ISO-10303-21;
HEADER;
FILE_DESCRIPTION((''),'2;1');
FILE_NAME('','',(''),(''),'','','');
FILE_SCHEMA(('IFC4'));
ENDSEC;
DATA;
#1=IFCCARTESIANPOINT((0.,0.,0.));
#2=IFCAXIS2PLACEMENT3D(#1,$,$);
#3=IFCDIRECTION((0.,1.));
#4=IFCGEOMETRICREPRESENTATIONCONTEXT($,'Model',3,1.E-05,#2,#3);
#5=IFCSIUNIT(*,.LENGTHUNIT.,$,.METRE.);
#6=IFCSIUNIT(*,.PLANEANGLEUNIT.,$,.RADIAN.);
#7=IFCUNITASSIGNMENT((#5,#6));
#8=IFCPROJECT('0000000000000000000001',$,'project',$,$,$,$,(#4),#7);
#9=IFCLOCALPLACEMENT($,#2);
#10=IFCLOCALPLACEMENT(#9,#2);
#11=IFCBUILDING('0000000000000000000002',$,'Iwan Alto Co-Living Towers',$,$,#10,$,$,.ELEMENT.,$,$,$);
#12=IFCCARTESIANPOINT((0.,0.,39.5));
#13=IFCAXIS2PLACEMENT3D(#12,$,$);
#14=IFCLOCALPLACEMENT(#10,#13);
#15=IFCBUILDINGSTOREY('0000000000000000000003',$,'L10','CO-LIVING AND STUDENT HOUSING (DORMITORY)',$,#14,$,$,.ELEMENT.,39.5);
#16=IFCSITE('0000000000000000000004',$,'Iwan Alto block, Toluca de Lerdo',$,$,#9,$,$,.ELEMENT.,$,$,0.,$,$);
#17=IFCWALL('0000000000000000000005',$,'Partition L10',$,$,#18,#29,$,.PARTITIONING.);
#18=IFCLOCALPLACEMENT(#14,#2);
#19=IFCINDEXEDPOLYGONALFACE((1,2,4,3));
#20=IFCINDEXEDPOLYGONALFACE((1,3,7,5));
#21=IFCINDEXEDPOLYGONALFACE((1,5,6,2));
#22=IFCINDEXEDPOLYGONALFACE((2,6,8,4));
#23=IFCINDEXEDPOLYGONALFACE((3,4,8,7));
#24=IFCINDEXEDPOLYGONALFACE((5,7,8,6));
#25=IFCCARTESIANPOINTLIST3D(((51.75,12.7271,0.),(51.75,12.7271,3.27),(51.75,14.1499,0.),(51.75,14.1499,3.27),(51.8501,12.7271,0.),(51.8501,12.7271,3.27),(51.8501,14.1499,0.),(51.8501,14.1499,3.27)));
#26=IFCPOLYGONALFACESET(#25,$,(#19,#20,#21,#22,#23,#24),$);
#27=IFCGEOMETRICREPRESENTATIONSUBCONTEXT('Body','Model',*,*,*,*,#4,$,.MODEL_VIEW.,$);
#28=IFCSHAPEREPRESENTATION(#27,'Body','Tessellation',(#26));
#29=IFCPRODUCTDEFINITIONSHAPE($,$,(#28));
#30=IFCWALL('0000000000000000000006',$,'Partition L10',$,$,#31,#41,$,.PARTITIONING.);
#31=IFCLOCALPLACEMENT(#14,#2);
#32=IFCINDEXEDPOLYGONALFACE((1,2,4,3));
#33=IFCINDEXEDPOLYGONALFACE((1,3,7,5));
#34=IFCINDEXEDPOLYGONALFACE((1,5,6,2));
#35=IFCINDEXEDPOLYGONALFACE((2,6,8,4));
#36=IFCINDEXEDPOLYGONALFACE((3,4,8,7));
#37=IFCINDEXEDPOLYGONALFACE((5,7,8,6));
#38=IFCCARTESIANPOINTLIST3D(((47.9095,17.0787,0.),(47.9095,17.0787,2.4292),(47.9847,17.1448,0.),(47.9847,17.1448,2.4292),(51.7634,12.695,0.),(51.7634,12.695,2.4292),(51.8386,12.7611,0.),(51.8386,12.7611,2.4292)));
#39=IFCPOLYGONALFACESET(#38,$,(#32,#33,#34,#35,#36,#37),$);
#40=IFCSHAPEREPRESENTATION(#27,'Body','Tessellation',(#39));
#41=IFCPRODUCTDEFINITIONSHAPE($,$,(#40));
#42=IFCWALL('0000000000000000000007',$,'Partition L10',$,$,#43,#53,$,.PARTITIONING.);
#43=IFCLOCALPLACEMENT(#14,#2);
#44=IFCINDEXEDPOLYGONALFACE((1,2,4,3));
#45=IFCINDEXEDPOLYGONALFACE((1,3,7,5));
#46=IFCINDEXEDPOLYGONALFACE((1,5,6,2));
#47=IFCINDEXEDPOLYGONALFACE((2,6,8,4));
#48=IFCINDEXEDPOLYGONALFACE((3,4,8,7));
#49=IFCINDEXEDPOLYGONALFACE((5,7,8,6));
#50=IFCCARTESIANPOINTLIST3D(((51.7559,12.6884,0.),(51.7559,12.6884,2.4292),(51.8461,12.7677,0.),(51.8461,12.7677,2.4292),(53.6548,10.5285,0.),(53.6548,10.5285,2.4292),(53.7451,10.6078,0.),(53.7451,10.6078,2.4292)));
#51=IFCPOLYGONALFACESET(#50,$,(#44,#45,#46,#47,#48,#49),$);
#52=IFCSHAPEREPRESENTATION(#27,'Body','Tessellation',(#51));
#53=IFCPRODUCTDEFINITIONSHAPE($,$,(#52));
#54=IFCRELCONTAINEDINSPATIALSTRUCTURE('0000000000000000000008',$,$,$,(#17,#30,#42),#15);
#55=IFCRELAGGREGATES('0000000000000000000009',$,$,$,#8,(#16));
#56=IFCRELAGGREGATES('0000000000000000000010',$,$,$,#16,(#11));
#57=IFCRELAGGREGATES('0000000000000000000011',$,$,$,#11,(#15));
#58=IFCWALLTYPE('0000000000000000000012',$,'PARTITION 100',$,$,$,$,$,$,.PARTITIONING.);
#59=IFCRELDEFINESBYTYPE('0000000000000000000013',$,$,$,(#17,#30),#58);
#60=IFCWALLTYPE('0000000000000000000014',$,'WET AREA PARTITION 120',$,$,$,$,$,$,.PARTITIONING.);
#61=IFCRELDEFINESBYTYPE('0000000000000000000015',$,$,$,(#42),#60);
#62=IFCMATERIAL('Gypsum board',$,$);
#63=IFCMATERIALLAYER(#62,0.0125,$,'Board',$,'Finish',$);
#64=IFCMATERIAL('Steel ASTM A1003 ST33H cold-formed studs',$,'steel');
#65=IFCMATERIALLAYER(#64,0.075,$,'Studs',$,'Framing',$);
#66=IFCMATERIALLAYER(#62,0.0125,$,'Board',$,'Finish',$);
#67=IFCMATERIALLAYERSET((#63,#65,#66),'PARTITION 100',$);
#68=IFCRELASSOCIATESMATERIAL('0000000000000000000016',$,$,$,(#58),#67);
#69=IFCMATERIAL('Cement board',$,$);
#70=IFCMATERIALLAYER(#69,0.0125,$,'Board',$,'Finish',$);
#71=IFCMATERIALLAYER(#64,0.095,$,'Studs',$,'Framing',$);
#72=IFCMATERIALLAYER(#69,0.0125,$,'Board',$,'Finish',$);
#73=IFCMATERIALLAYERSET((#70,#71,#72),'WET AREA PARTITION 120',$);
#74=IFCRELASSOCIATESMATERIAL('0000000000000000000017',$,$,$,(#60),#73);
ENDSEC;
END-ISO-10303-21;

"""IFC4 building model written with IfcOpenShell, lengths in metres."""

from ifc_helpers import new_model, si_unit, direction, frame, frame_2d, origin, place, context, subcontext, project, spatial, rectangle, extrude, material, layer, layer_set, type_object, element, save


model = new_model("IFC4")

# Units and contexts
model_context = context("Model", 3, precision=1e-05, world=origin(), true_north=direction((0.0, 1.0)))
body_context = subcontext(model_context, "Body", "Model", "MODEL_VIEW")
ifc_project = project(units=[si_unit("LENGTHUNIT", "METRE"), si_unit("PLANEANGLEUNIT", "RADIAN")], contexts=[model_context])

# Site, building, storey
site_placement = place(None, origin())
site = spatial("IfcSite", under=ifc_project, at=site_placement, Name="Iwan Alto block, Toluca de Lerdo", CompositionType="ELEMENT", RefElevation=0.0)
building_placement = place(site_placement, origin())
building = spatial("IfcBuilding", under=site, at=building_placement, Name="Iwan Alto Co-Living Towers", CompositionType="ELEMENT")
storey_placement = place(building_placement, frame((0.0, 0.0, 39.5)))
storey = spatial("IfcBuildingStorey", under=building, at=storey_placement, Name="L10", Description="CO-LIVING AND STUDENT HOUSING (DORMITORY)", CompositionType="ELEMENT", Elevation=39.5)

# Shared definitions
ifc_material_1 = material(Name="Gypsum board")
ifc_material_2 = material(Name="Steel ASTM A1003 ST33H cold-formed studs", Category="steel")

# Shared definitions
ifc_layer_1 = layer(ifc_material_1, 0.0125, Name="Board", Category="Finish")
ifc_layer_2 = layer(ifc_material_2, 0.075, Name="Studs", Category="Framing")
ifc_layer_3 = layer(ifc_material_1, 0.0125, Name="Board", Category="Finish")
ifc_layer_set_1 = layer_set([ifc_layer_1, ifc_layer_2, ifc_layer_3], Name="PARTITION 100")
wall_type_1 = type_object("IfcWallType", Name="PARTITION 100", PredefinedType="PARTITIONING", material=ifc_layer_set_1)

# Walls
wall_1_placement = place(storey_placement, frame((51.8, 12.7271, 0.0), z_axis=(0.0, 0.0, 1.0), x_axis=(0.0, 1.0, 0.0)))
element("IfcWall", 1, at=wall_1_placement, inside=storey, type_object=wall_type_1, Name="Partition L10", PredefinedType="PARTITIONING", context=body_context, shape_type="SweptSolid", body=[
    extrude(rectangle(XDim=1.4229, YDim=0.1001, at=frame_2d((0.7114, 0.0))), origin(), (0.0, 0.0, 1.0), 3.27),
])
wall_2_placement = place(storey_placement, frame((51.801, 12.728, 0.0), z_axis=(0.0, 0.0, 1.0), x_axis=(-0.660268, 0.75103, 0.0)))
element("IfcWall", 2, at=wall_2_placement, inside=storey, type_object=wall_type_1, Name="Partition L10", PredefinedType="PARTITIONING", context=body_context, shape_type="SweptSolid", body=[
    extrude(rectangle(XDim=5.8369, YDim=0.1001, at=frame_2d((2.9185, 0.0))), origin(), (0.0, 0.0, 1.0), 2.4292),
])
ifc_material_3 = material(Name="Cement board")
ifc_layer_4 = layer(ifc_material_3, 0.0125, Name="Board", Category="Finish")
ifc_layer_5 = layer(ifc_material_2, 0.095, Name="Studs", Category="Framing")
ifc_layer_6 = layer(ifc_material_3, 0.0125, Name="Board", Category="Finish")
ifc_layer_set_2 = layer_set([ifc_layer_4, ifc_layer_5, ifc_layer_6], Name="WET AREA PARTITION 120")
wall_type_2 = type_object("IfcWallType", Name="WET AREA PARTITION 120", PredefinedType="PARTITIONING", material=ifc_layer_set_2)
wall_3_placement = place(storey_placement, frame((53.7, 10.5681, 0.0), z_axis=(0.0, 0.0, 1.0), x_axis=(-0.660276, 0.751023, 0.0)))
element("IfcWall", 3, at=wall_3_placement, inside=storey, type_object=wall_type_2, Name="Partition L10", PredefinedType="PARTITIONING", context=body_context, shape_type="SweptSolid", body=[
    extrude(rectangle(XDim=2.876, YDim=0.1201, at=frame_2d((1.438, 0.0))), origin(), (0.0, 0.0, 1.0), 2.4292),
])

save(model, "model.ifc")
